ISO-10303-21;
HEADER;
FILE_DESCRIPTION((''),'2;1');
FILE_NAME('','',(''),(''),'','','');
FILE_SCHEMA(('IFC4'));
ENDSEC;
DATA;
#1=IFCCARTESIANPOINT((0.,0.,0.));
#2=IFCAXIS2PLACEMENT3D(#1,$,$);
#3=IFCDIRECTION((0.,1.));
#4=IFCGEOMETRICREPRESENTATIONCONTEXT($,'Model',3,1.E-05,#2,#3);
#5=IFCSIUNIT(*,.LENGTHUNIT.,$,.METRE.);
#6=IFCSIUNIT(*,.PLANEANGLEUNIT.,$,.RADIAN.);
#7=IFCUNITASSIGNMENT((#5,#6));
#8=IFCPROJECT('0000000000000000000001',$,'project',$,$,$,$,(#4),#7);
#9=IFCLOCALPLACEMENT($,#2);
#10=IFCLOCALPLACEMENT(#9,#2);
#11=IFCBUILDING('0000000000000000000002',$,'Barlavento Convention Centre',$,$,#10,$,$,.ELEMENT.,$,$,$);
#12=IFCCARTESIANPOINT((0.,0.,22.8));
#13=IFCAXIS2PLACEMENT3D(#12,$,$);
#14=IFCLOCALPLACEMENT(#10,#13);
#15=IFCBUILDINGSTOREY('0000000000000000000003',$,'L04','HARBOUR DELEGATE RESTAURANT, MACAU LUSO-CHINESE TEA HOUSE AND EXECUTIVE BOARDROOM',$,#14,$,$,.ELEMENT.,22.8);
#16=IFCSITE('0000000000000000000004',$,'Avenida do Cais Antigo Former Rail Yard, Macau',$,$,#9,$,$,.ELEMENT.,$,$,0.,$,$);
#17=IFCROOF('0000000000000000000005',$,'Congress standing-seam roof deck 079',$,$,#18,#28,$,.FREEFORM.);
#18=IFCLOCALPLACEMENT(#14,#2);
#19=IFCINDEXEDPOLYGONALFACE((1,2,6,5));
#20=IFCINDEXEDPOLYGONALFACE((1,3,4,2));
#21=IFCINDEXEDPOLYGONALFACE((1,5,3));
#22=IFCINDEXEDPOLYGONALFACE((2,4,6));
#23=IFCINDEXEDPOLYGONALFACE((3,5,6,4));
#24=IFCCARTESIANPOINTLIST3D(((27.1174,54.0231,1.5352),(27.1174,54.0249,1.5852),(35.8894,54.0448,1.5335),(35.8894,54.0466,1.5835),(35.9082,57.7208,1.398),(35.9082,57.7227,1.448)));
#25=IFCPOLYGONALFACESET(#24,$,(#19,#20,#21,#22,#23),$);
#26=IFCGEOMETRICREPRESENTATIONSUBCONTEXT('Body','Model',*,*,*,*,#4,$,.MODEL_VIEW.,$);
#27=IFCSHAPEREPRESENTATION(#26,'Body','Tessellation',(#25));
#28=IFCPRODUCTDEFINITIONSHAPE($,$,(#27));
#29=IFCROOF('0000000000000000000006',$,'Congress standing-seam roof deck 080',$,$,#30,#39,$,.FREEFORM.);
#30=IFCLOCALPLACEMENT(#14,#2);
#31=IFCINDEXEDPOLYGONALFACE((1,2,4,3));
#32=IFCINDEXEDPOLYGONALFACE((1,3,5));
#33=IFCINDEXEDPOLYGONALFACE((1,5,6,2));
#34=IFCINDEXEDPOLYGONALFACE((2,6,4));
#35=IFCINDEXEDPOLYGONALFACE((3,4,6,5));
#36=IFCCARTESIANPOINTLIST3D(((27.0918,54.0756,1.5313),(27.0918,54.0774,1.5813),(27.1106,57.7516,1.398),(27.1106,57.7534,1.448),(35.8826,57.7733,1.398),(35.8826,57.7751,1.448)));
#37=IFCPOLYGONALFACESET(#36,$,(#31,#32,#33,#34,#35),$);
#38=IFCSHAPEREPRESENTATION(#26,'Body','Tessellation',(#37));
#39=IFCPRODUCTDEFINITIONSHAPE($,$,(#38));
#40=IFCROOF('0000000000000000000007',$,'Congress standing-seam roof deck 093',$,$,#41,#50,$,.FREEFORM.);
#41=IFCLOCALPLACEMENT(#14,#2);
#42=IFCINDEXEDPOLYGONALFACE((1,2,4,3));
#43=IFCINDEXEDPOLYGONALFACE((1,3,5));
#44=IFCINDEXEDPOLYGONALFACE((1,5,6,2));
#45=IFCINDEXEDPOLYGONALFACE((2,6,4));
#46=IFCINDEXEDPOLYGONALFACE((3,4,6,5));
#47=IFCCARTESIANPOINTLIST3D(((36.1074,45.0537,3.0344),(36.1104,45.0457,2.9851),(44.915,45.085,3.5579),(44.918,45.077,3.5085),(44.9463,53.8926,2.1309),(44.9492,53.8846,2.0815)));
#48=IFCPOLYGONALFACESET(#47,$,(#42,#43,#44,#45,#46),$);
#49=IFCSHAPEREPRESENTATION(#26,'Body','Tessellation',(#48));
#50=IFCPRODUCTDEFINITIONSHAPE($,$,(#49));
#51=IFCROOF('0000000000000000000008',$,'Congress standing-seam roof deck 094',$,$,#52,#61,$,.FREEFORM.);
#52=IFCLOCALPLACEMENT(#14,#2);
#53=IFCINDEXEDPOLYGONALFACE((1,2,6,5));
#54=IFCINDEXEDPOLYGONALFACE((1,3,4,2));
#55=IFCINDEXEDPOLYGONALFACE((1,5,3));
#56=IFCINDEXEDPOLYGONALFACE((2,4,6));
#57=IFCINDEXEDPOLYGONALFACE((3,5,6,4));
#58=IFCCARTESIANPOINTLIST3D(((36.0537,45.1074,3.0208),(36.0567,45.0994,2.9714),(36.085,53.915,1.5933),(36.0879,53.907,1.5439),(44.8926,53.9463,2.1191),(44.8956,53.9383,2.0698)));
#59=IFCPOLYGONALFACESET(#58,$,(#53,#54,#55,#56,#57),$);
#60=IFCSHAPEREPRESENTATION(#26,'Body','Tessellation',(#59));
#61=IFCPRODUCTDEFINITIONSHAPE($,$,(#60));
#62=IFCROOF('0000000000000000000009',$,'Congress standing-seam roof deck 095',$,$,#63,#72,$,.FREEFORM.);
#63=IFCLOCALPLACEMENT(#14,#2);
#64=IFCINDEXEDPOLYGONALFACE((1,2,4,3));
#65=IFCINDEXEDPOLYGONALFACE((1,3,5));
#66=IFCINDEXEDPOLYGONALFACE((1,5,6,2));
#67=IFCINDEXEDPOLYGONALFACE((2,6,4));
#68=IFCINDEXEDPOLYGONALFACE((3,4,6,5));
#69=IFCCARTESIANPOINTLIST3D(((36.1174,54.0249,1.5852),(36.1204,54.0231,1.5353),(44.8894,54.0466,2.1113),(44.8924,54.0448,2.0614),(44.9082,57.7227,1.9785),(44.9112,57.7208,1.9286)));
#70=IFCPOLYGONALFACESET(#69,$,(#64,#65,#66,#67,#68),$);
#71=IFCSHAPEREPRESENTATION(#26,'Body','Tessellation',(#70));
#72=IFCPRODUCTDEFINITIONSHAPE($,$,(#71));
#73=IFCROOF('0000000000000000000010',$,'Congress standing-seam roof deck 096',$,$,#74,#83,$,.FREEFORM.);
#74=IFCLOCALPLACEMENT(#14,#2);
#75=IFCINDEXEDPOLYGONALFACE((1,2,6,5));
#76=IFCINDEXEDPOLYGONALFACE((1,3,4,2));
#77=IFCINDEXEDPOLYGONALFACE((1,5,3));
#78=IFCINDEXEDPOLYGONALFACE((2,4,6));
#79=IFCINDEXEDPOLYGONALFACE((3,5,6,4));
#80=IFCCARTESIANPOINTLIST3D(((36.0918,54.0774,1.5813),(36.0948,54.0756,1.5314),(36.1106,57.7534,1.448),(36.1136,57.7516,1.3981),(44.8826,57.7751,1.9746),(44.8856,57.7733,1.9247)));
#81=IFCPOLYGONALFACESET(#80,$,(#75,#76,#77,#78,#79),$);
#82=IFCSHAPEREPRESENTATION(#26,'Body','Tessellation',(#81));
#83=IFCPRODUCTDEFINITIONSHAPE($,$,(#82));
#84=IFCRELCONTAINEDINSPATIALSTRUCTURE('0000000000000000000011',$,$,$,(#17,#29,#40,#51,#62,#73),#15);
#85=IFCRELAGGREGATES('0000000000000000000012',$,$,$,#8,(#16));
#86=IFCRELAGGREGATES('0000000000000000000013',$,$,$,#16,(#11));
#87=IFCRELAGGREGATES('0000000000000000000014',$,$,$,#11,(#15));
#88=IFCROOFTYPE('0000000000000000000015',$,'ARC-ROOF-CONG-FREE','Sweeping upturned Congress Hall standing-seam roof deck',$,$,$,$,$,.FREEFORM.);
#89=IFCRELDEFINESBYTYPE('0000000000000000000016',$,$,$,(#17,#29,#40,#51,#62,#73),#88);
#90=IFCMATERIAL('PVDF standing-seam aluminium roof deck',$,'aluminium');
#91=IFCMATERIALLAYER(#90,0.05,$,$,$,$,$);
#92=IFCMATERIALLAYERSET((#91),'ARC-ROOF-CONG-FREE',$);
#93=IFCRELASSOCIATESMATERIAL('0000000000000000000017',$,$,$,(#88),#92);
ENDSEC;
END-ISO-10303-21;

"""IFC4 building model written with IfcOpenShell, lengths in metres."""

from ifc_helpers import new_model, si_unit, direction, frame, origin, place, context, subcontext, project, spatial, polyline, outline, extrude, material, layer, layer_set, type_object, element, save


model = new_model("IFC4")

# Units and contexts
model_context = context("Model", 3, precision=1e-05, world=origin(), true_north=direction((0.0, 1.0)))
body_context = subcontext(model_context, "Body", "Model", "MODEL_VIEW")
ifc_project = project(units=[si_unit("LENGTHUNIT", "METRE"), si_unit("PLANEANGLEUNIT", "RADIAN")], contexts=[model_context])

# Site, building, storey
site_placement = place(None, origin())
site = spatial("IfcSite", under=ifc_project, at=site_placement, Name="Avenida do Cais Antigo Former Rail Yard, Macau", CompositionType="ELEMENT", RefElevation=0.0)
building_placement = place(site_placement, origin())
building = spatial("IfcBuilding", under=site, at=building_placement, Name="Barlavento Convention Centre", CompositionType="ELEMENT")
storey_placement = place(building_placement, frame((0.0, 0.0, 22.8)))
storey = spatial("IfcBuildingStorey", under=building, at=storey_placement, Name="L04", Description="HARBOUR DELEGATE RESTAURANT, MACAU LUSO-CHINESE TEA HOUSE AND EXECUTIVE BOARDROOM", CompositionType="ELEMENT", Elevation=22.8)

# Roofs
ifc_material_1 = material(Name="PVDF standing-seam aluminium roof deck", Category="aluminium")
ifc_layer_1 = layer(ifc_material_1, 0.05)
ifc_layer_set_1 = layer_set([ifc_layer_1], Name="ARC-ROOF-CONG-FREE")
roof_type = type_object("IfcRoofType", Name="ARC-ROOF-CONG-FREE", Description="Sweeping upturned Congress Hall standing-seam roof deck", PredefinedType="FREEFORM", material=ifc_layer_set_1)
roof_1_placement = place(storey_placement, frame((27.1174, 54.0249, 1.5852), z_axis=(0.000103, 0.036834, 0.999321), x_axis=(0.999997, 0.002477, -0.000195)))
element("IfcRoof", 1, at=roof_1_placement, inside=storey, type_object=roof_type, Name="Congress standing-seam roof deck 079", PredefinedType="FREEFORM", context=body_context, shape_type="SweptSolid", body=[
    extrude(outline(polyline([(0.0, 0.0), (8.772, 0.0), (8.7999, 3.6785), (0.0, 0.0)])), origin(), (0.0, 0.0, -1.0), 0.05),
])
roof_2_placement = place(storey_placement, frame((27.0918, 54.0774, 1.5813), z_axis=(-0.00009, 0.036239, 0.999343), x_axis=(0.921681, 0.387696, -0.013976)))
element("IfcRoof", 2, at=roof_2_placement, inside=storey, type_object=roof_type, Name="Congress standing-seam roof deck 080", PredefinedType="FREEFORM", context=body_context, shape_type="SweptSolid", body=[
    extrude(outline(polyline([(0.0, 0.0), (9.5378, 0.0), (1.4444, 3.3831), (0.0, 0.0)])), origin(), (0.0, 0.0, -1.0), 0.05),
])
roof_3_placement = place(storey_placement, frame((36.1074, 45.0537, 3.0344), z_axis=(-0.059128, 0.159858, 0.985368), x_axis=(0.998232, 0.003542, 0.059325)))
element("IfcRoof", 3, at=roof_3_placement, inside=storey, type_object=roof_type, Name="Congress standing-seam roof deck 093", PredefinedType="FREEFORM", context=body_context, shape_type="SweptSolid", body=[
    extrude(outline(polyline([(0.0, 0.0), (8.8232, 0.0), (8.8009, 8.9225), (0.0, 0.0)])), origin(), (0.0, 0.0, -1.0), 0.05),
])
roof_4_placement = place(storey_placement, frame((36.0537, 45.1074, 3.0208), z_axis=(-0.0594, 0.15991, 0.985343), x_axis=(0.705275, 0.705275, -0.071942)))
element("IfcRoof", 4, at=roof_4_placement, inside=storey, type_object=roof_type, Name="Congress standing-seam roof deck 094", PredefinedType="FREEFORM", context=body_context, shape_type="SweptSolid", body=[
    extrude(outline(polyline([(0.0, 0.0), (12.5325, 0.0), (6.3365, 6.2818), (0.0, 0.0)])), origin(), (0.0, 0.0, -1.0), 0.05),
])
roof_5_placement = place(storey_placement, frame((36.1174, 54.0249, 1.5852), z_axis=(-0.05992, 0.036347, 0.997541), x_axis=(0.998203, 0.002473, 0.05987)))
element("IfcRoof", 5, at=roof_5_placement, inside=storey, type_object=roof_type, Name="Congress standing-seam roof deck 095", PredefinedType="FREEFORM", context=body_context, shape_type="SweptSolid", body=[
    extrude(outline(polyline([(0.0, 0.0), (8.7878, 0.0), (8.8077, 3.6784), (0.0, 0.0)])), origin(), (0.0, 0.0, -1.0), 0.05),
])
roof_6_placement = place(storey_placement, frame((36.0918, 54.0774, 1.5813), z_axis=(-0.059976, 0.036479, 0.997533), x_axis=(0.920988, 0.387405, 0.041206)))
element("IfcRoof", 6, at=roof_6_placement, inside=storey, type_object=roof_type, Name="Congress standing-seam roof deck 096", PredefinedType="FREEFORM", context=body_context, shape_type="SweptSolid", body=[
    extrude(outline(polyline([(0.0, 0.0), (9.5449, 0.0), (1.4359, 3.3866), (0.0, 0.0)])), origin(), (0.0, 0.0, -1.0), 0.05),
])

save(model, "model.ifc")
